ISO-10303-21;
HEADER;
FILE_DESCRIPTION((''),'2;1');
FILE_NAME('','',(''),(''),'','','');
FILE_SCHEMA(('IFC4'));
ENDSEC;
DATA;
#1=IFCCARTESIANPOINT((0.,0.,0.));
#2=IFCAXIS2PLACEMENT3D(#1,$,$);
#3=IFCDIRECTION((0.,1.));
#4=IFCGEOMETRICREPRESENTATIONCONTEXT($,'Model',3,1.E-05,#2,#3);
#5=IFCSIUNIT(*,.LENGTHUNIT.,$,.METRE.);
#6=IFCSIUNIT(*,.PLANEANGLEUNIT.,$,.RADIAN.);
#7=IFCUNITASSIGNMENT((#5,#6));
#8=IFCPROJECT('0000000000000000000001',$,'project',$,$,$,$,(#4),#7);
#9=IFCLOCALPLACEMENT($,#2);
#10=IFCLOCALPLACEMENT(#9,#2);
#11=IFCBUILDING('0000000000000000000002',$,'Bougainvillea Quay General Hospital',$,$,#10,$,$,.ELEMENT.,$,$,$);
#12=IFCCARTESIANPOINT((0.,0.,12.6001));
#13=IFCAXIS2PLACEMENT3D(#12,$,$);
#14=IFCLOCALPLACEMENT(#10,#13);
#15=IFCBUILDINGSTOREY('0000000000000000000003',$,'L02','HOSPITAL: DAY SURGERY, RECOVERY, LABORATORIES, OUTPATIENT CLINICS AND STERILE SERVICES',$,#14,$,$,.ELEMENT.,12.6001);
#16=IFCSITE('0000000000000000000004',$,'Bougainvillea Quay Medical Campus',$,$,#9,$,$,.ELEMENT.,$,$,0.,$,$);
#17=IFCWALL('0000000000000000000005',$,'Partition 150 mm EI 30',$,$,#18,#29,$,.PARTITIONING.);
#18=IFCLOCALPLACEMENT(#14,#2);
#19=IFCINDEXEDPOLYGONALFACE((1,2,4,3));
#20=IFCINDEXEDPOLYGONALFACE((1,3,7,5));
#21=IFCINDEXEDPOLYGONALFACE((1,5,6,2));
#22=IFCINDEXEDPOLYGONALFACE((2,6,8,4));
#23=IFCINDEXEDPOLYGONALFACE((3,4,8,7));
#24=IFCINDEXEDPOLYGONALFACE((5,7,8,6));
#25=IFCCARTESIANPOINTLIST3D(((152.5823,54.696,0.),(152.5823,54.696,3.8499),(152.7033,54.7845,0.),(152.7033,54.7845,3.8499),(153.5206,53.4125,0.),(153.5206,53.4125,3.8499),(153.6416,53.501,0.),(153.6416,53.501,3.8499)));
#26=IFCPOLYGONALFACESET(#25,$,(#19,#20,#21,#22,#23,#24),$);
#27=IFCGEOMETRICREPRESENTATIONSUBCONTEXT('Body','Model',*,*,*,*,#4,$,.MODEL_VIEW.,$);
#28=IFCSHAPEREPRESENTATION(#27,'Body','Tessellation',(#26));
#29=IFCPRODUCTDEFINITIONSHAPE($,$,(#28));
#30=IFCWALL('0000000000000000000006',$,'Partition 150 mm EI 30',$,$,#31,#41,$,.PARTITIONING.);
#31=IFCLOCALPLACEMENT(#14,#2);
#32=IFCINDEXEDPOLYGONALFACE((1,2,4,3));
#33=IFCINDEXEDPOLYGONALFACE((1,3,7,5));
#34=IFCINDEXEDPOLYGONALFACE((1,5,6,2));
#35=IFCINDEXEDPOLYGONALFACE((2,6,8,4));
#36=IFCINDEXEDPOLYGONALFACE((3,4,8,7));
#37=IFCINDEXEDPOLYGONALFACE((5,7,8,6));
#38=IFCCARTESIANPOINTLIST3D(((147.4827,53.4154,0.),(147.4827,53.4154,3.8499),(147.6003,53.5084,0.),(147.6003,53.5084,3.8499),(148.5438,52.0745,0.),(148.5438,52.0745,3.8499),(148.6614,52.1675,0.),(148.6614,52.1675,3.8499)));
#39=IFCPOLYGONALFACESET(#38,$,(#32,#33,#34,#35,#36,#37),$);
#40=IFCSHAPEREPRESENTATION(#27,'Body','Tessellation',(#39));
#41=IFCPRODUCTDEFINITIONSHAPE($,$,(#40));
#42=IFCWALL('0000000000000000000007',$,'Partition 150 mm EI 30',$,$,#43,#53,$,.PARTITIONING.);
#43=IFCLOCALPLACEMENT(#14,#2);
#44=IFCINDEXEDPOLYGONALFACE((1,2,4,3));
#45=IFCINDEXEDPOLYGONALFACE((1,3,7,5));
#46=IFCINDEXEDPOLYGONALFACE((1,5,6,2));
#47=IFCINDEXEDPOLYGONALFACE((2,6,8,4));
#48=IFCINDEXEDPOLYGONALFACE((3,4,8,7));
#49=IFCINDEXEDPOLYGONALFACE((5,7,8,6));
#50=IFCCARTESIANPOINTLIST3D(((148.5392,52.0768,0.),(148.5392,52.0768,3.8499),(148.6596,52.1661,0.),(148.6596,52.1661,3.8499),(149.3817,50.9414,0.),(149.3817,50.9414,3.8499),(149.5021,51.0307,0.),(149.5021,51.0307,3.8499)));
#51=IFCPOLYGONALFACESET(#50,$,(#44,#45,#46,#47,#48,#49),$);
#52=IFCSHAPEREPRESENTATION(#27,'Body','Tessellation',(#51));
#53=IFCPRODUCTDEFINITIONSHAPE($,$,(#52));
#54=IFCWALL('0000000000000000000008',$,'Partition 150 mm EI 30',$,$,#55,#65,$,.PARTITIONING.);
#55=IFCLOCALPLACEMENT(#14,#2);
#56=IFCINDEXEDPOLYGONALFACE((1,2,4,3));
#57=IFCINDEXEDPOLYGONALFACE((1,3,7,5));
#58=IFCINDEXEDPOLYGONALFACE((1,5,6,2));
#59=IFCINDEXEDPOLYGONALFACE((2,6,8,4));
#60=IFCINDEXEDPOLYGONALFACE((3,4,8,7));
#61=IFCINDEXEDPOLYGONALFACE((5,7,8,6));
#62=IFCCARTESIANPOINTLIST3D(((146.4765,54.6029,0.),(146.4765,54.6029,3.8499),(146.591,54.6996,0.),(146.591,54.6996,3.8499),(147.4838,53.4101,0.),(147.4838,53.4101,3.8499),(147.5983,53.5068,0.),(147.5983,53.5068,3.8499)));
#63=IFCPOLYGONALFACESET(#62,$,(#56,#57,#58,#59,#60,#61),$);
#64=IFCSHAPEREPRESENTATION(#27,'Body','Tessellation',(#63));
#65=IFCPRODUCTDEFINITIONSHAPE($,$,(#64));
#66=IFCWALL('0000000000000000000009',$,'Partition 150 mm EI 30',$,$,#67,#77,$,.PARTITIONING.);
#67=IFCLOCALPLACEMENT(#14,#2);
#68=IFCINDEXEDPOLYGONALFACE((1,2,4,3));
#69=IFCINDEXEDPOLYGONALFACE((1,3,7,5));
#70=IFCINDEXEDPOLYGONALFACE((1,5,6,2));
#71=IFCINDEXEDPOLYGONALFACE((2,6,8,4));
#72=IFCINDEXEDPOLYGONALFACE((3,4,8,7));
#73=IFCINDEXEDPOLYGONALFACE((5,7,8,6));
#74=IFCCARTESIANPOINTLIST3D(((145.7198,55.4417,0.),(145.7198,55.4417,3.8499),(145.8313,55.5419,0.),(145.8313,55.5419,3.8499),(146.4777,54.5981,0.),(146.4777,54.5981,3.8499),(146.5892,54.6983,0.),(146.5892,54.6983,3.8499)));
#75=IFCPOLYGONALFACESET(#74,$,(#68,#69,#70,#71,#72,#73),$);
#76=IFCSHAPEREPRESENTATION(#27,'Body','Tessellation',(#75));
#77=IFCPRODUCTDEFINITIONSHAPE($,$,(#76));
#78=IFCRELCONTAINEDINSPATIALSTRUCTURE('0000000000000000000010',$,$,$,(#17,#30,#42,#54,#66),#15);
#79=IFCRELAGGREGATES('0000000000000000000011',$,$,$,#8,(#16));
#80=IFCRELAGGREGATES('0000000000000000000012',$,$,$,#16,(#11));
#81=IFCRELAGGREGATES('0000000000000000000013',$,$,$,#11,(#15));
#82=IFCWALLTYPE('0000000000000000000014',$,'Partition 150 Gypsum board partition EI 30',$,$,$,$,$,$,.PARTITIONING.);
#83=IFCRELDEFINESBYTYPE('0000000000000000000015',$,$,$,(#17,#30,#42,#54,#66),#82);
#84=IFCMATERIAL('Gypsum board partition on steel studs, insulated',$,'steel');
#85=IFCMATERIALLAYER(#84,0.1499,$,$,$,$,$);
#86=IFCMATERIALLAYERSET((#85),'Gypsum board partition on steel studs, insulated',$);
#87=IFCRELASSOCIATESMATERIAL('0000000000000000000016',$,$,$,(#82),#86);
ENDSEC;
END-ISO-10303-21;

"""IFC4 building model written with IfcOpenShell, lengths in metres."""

from ifc_helpers import new_model, si_unit, direction, frame, frame_2d, origin, place, context, subcontext, project, spatial, rectangle, extrude, material, layer, layer_set, type_object, element, save


model = new_model("IFC4")

# Units and contexts
model_context = context("Model", 3, precision=1e-05, world=origin(), true_north=direction((0.0, 1.0)))
body_context = subcontext(model_context, "Body", "Model", "MODEL_VIEW")
ifc_project = project(units=[si_unit("LENGTHUNIT", "METRE"), si_unit("PLANEANGLEUNIT", "RADIAN")], contexts=[model_context])

# Site, building, storey
site_placement = place(None, origin())
site = spatial("IfcSite", under=ifc_project, at=site_placement, Name="Bougainvillea Quay Medical Campus", CompositionType="ELEMENT", RefElevation=0.0)
building_placement = place(site_placement, origin())
building = spatial("IfcBuilding", under=site, at=building_placement, Name="Bougainvillea Quay General Hospital", CompositionType="ELEMENT")
storey_placement = place(building_placement, frame((0.0, 0.0, 12.6001)))
storey = spatial("IfcBuildingStorey", under=building, at=storey_placement, Name="L02", Description="HOSPITAL: DAY SURGERY, RECOVERY, LABORATORIES, OUTPATIENT CLINICS AND STERILE SERVICES", CompositionType="ELEMENT", Elevation=12.6001)

# Shared definitions
ifc_material_1 = material(Name="Gypsum board partition on steel studs, insulated", Category="steel")
ifc_layer_1 = layer(ifc_material_1, 0.1499)
ifc_layer_set_1 = layer_set([ifc_layer_1], Name="Gypsum board partition on steel studs, insulated")
wall_type_1 = type_object("IfcWallType", Name="Partition 150 Gypsum board partition EI 30", PredefinedType="PARTITIONING", material=ifc_layer_set_1)

# Walls
wall_1_placement = place(storey_placement, frame((152.6428, 54.7402, 0.0), z_axis=(0.0, 0.0, 1.0), x_axis=(0.590151, -0.807293, 0.0)))
element("IfcWall", 1, at=wall_1_placement, inside=storey, type_object=wall_type_1, Name="Partition 150 mm EI 30", PredefinedType="PARTITIONING", context=body_context, shape_type="SweptSolid", body=[
    extrude(rectangle(XDim=1.5898, YDim=0.1499, at=frame_2d((0.7949, 0.0))), origin(), (0.0, 0.0, 1.0), 3.8499),
])
wall_2_placement = place(storey_placement, frame((147.5415, 53.4619, 0.0), z_axis=(0.0, 0.0, 1.0), x_axis=(0.620542, -0.784173, 0.0)))
element("IfcWall", 2, at=wall_2_placement, inside=storey, type_object=wall_type_1, Name="Partition 150 mm EI 30", PredefinedType="PARTITIONING", context=body_context, shape_type="SweptSolid", body=[
    extrude(rectangle(XDim=1.71, YDim=0.1499, at=frame_2d((0.855, 0.0))), origin(), (0.0, 0.0, 1.0), 3.8499),
])
wall_3_placement = place(storey_placement, frame((148.5994, 52.1216, 0.0), z_axis=(0.0, 0.0, 1.0), x_axis=(0.595876, -0.803077, 0.0)))
element("IfcWall", 3, at=wall_3_placement, inside=storey, type_object=wall_type_1, Name="Partition 150 mm EI 30", PredefinedType="PARTITIONING", context=body_context, shape_type="SweptSolid", body=[
    extrude(rectangle(XDim=1.4138, YDim=0.1499, at=frame_2d((0.707, 0.0))), origin(), (0.0, 0.0, 1.0), 3.8499),
])
wall_4_placement = place(storey_placement, frame((146.5337, 54.6514, 0.0), z_axis=(0.0, 0.0, 1.0), x_axis=(0.645185, -0.764026, 0.0)))
element("IfcWall", 4, at=wall_4_placement, inside=storey, type_object=wall_type_1, Name="Partition 150 mm EI 30", PredefinedType="PARTITIONING", context=body_context, shape_type="SweptSolid", body=[
    extrude(rectangle(XDim=1.5613, YDim=0.1499, at=frame_2d((0.7808, 0.0))), origin(), (0.0, 0.0, 1.0), 3.8499),
])
wall_5_placement = place(storey_placement, frame((145.7756, 55.4917, 0.0), z_axis=(0.0, 0.0, 1.0), x_axis=(0.66831, -0.743883, 0.0)))
element("IfcWall", 5, at=wall_5_placement, inside=storey, type_object=wall_type_1, Name="Partition 150 mm EI 30", PredefinedType="PARTITIONING", context=body_context, shape_type="SweptSolid", body=[
    extrude(rectangle(XDim=1.134, YDim=0.1499, at=frame_2d((0.5669, 0.0))), origin(), (0.0, 0.0, 1.0), 3.8499),
])

save(model, "model.ifc")
